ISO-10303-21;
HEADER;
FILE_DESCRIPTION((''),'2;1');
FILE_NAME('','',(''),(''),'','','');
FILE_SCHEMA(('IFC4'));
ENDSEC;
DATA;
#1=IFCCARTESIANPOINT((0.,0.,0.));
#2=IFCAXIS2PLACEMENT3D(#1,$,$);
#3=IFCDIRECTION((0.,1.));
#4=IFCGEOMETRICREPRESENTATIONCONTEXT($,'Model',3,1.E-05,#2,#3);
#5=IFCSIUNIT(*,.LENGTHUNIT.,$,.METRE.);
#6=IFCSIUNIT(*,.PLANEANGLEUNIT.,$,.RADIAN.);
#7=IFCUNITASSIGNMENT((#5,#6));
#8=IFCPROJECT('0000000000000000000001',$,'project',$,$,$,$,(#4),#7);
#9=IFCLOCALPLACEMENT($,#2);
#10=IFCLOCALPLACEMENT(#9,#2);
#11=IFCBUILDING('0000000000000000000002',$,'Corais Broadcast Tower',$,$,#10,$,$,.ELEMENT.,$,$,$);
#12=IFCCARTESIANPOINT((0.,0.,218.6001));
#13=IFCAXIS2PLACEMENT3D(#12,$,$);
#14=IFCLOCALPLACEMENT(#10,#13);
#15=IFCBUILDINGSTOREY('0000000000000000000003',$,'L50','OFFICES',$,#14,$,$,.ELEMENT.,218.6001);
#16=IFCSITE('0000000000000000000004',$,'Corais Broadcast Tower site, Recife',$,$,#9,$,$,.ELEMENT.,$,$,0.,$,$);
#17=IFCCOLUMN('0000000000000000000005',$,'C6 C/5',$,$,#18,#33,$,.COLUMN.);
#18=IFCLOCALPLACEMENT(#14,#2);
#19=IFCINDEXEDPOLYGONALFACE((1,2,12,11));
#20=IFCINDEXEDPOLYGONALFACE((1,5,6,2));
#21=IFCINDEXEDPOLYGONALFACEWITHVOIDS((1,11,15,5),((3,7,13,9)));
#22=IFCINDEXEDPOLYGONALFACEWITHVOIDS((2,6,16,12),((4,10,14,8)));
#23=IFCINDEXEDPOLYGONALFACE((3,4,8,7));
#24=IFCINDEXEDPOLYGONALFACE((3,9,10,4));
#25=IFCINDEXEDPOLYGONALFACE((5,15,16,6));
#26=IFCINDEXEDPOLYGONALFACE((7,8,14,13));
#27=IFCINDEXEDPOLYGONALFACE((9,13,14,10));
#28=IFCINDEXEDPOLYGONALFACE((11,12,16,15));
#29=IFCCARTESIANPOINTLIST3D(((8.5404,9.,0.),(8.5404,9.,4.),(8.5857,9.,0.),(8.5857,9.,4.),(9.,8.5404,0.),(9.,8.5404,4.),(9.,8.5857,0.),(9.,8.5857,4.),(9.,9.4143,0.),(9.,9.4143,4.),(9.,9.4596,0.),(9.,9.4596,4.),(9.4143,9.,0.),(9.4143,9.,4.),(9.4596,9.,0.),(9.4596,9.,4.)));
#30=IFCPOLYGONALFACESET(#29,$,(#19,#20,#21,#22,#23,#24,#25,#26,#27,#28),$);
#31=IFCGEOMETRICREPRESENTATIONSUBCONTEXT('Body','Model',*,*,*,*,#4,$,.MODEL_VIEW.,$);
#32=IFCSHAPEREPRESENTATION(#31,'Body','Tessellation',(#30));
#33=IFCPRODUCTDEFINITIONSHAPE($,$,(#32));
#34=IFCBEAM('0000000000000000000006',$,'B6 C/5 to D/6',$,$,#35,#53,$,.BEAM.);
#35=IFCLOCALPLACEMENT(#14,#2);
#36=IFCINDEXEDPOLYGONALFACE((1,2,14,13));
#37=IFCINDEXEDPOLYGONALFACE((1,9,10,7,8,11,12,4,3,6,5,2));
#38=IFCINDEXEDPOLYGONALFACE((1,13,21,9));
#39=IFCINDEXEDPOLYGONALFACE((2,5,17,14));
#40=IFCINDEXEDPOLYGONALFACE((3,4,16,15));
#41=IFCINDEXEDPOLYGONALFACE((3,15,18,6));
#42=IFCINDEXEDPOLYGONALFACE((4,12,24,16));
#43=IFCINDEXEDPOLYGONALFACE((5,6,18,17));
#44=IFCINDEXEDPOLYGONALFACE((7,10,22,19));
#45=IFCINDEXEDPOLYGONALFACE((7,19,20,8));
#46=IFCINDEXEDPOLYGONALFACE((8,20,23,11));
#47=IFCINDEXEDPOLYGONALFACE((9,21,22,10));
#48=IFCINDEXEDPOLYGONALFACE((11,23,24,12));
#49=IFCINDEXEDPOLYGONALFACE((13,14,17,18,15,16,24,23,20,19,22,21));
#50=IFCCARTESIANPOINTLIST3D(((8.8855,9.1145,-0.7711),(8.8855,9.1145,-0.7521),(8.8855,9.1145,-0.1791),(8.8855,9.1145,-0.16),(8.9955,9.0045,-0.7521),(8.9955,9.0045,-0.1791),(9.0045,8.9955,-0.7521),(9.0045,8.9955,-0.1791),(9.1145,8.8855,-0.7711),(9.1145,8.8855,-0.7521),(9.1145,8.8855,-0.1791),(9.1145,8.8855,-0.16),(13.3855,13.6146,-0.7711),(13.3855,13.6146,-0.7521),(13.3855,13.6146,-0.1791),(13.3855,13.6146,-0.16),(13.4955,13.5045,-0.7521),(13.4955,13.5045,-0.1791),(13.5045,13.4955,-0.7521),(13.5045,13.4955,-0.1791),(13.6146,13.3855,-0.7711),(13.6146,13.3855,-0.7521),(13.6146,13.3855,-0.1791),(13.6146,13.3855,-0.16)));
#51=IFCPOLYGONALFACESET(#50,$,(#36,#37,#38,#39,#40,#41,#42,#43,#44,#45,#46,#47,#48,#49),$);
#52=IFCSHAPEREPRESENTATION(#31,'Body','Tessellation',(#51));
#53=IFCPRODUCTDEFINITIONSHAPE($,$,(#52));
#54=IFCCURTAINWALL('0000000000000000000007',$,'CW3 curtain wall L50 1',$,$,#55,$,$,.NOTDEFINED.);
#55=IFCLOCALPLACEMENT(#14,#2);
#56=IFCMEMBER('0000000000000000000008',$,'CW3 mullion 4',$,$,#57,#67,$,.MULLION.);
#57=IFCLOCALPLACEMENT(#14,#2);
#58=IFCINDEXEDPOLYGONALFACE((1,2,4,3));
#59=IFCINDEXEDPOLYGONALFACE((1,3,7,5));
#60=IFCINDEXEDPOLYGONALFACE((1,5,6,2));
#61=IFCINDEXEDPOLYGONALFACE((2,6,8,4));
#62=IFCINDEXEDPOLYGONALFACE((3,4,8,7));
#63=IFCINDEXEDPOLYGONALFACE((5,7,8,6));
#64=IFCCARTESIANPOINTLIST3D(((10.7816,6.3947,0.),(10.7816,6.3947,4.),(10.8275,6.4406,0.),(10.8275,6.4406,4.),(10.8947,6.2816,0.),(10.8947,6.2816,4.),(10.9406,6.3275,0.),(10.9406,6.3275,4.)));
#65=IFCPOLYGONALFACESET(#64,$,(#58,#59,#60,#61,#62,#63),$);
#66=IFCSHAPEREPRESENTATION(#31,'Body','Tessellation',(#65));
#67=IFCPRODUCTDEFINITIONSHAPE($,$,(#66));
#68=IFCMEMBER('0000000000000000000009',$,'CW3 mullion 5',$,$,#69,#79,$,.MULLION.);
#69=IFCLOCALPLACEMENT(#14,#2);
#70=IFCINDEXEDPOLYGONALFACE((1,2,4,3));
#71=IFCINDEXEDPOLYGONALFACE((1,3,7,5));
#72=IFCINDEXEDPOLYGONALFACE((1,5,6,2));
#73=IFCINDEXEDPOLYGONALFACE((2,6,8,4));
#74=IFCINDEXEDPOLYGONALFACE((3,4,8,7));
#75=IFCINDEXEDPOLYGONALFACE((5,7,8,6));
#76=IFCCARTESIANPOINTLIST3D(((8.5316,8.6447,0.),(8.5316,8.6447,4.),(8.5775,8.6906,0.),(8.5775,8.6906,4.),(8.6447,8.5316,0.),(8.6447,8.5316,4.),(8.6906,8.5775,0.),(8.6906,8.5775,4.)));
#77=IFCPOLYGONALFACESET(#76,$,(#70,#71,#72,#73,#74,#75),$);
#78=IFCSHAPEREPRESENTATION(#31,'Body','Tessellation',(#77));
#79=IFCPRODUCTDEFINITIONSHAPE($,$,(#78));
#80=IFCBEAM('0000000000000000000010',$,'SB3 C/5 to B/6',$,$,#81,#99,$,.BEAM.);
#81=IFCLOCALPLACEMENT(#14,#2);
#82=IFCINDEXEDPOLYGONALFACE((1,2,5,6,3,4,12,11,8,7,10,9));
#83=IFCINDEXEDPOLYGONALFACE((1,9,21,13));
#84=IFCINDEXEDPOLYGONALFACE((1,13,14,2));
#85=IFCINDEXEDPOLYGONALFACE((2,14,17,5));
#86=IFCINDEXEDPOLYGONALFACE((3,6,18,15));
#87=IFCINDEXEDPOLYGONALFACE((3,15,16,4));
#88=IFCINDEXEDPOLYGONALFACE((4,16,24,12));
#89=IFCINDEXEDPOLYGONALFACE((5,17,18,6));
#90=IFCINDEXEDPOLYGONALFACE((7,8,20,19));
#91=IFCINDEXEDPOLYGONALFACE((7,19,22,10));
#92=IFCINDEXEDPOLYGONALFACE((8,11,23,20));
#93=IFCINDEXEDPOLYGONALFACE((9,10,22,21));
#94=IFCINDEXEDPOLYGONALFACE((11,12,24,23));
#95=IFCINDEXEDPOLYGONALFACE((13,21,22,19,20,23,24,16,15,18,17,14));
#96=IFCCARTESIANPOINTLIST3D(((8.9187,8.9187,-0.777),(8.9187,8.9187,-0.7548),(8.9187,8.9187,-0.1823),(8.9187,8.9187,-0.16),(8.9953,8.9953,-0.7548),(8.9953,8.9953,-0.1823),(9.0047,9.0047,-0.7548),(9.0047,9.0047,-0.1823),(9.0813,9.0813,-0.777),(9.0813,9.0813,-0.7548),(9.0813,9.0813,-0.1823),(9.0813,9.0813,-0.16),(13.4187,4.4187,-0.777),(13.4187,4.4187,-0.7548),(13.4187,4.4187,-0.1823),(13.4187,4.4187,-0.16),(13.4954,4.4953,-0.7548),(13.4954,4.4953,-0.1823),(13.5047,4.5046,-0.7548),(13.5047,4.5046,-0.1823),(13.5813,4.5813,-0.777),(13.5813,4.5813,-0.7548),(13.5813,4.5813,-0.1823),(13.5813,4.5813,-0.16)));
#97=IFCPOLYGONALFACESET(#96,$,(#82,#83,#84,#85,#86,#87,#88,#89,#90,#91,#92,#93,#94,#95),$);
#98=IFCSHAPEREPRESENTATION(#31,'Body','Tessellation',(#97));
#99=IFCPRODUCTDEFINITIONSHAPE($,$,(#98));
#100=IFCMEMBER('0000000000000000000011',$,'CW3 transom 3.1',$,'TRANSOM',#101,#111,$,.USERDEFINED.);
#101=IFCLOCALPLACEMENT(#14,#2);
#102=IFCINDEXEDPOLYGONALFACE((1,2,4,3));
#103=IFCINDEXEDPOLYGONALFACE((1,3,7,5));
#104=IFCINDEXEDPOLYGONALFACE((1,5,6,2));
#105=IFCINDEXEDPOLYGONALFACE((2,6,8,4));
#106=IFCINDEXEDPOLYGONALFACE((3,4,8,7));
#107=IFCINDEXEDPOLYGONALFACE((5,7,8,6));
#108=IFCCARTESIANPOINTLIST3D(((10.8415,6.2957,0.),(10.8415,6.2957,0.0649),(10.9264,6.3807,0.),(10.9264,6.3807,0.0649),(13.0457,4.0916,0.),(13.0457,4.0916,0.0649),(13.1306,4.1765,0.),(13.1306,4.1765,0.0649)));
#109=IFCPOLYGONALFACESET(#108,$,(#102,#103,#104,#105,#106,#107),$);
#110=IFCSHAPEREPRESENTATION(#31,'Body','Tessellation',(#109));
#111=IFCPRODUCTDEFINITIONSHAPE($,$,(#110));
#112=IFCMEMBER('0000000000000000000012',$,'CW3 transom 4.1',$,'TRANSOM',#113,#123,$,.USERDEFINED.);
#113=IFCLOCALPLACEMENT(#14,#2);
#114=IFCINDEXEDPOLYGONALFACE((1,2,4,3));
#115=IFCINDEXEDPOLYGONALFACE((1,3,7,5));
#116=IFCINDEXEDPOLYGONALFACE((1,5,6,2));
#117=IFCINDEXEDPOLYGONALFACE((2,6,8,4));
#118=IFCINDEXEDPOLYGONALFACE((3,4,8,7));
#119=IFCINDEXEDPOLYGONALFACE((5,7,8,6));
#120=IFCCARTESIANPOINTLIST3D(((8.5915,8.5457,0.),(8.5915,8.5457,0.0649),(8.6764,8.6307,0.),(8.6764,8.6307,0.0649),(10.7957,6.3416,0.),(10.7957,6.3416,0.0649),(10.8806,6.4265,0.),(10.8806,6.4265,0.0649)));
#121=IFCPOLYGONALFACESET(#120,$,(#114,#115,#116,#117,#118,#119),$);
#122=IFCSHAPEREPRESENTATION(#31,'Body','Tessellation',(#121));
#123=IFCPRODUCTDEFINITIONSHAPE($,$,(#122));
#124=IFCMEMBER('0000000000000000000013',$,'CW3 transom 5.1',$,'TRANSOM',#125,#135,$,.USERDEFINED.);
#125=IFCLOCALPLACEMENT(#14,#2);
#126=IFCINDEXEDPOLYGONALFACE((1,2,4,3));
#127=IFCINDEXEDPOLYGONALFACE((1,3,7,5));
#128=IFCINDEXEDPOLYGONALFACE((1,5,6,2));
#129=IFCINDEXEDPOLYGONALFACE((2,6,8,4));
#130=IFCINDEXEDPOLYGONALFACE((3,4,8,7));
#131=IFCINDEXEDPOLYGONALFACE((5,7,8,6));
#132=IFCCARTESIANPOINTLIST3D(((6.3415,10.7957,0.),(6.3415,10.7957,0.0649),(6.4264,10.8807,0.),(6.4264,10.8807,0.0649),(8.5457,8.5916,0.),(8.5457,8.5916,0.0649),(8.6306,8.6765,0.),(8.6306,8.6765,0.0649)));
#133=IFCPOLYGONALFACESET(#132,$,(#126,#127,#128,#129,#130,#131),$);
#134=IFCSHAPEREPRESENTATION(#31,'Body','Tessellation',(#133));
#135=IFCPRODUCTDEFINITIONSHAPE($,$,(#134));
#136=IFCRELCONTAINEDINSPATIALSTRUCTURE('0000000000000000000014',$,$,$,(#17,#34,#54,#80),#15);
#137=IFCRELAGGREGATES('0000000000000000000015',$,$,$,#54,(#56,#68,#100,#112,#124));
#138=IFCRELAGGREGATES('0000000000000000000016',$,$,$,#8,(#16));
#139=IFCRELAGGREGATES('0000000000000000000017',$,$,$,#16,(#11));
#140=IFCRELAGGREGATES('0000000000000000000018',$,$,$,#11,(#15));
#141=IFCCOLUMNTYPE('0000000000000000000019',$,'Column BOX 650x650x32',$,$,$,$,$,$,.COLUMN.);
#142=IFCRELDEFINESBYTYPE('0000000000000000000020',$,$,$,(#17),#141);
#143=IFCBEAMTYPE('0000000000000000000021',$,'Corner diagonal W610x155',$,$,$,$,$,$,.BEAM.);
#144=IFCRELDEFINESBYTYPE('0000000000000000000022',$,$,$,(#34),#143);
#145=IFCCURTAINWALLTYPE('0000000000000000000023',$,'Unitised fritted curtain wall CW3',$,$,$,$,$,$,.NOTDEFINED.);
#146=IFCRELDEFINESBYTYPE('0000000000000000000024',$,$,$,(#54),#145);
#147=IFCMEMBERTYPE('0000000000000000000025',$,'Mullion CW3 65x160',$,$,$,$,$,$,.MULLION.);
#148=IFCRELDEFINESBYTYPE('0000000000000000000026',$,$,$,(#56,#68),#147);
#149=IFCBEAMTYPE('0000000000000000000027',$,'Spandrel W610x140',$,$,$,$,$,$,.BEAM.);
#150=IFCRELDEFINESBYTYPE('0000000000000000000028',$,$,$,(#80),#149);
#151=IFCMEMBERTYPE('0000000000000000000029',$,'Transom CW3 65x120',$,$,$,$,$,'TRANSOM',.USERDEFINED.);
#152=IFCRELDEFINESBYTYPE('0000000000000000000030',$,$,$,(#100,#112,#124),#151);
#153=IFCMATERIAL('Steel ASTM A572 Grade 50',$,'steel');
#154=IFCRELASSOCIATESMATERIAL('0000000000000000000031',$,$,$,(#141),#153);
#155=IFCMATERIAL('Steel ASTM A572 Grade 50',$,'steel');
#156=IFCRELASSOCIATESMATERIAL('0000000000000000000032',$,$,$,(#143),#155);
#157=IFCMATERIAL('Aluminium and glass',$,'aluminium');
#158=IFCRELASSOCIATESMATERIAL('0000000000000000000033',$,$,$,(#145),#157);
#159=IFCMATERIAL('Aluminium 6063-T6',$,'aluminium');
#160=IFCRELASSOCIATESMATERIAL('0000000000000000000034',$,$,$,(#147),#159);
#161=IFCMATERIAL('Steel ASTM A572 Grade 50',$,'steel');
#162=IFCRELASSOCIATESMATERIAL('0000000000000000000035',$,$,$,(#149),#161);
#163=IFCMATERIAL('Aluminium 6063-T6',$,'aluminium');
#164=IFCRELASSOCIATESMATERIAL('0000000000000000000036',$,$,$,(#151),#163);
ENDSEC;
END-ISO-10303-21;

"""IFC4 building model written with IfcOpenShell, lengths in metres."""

from ifc_helpers import new_model, si_unit, direction, frame, origin, origin_2d, place, context, subcontext, project, spatial, rectangle, hollow_rectangle, i_section, extrude, material, material_profile, profile_set, type_object, element, aggregate, save


model = new_model("IFC4")

# Units and contexts
model_context = context("Model", 3, precision=1e-05, world=origin(), true_north=direction((0.0, 1.0)))
body_context = subcontext(model_context, "Body", "Model", "MODEL_VIEW")
ifc_project = project(units=[si_unit("LENGTHUNIT", "METRE"), si_unit("PLANEANGLEUNIT", "RADIAN")], contexts=[model_context])

# Site, building, storey
site_placement = place(None, origin())
site = spatial("IfcSite", under=ifc_project, at=site_placement, Name="Corais Broadcast Tower site, Recife", CompositionType="ELEMENT", RefElevation=0.0)
building_placement = place(site_placement, origin())
building = spatial("IfcBuilding", under=site, at=building_placement, Name="Corais Broadcast Tower", CompositionType="ELEMENT")
storey_placement = place(building_placement, frame((0.0, 0.0, 218.6001)))
storey = spatial("IfcBuildingStorey", under=building, at=storey_placement, Name="L50", Description="OFFICES", CompositionType="ELEMENT", Elevation=218.6001)

# Column
ifc_material_1 = material(Name="Steel ASTM A572 Grade 50", Category="steel")
ifc_material_profile_1 = material_profile(ifc_material_1, hollow_rectangle(XDim=0.6499, YDim=0.6499, WallThickness=0.032, at=origin_2d()), Name="BOX 650x650x32")
ifc_profile_set_1 = profile_set([ifc_material_profile_1], Name="Steel ASTM A572 Grade 50")
column_type = type_object("IfcColumnType", Name="Column BOX 650x650x32", PredefinedType="COLUMN", material=ifc_profile_set_1)
column_placement = place(storey_placement, frame((9.0, 9.0, 0.0), z_axis=(0.0, 0.0, 1.0), x_axis=(0.707107, 0.707107, 0.0)))
element("IfcColumn", 1, at=column_placement, inside=storey, type_object=column_type, Name="C6 C/5", PredefinedType="COLUMN", context=body_context, shape_type="SweptSolid", body=[
    extrude(hollow_rectangle(XDim=0.6499, YDim=0.6499, WallThickness=0.032, at=origin_2d()), origin(), (0.0, 0.0, 1.0), 4.0),
])

# Beam
ifc_material_2 = material(Name="Steel ASTM A572 Grade 50", Category="steel")
ifc_material_profile_2 = material_profile(ifc_material_2, i_section(OverallWidth=0.324, OverallDepth=0.6111, WebThickness=0.0127, FlangeThickness=0.019, at=origin_2d()), Name="W610x155")
ifc_profile_set_2 = profile_set([ifc_material_profile_2], Name="Steel ASTM A572 Grade 50")
beam_type_1 = type_object("IfcBeamType", Name="Corner diagonal W610x155", PredefinedType="BEAM", material=ifc_profile_set_2)
beam_1_placement = place(storey_placement, frame((9.0, 9.0, -0.4656), z_axis=(0.707107, 0.707107, 0.0), x_axis=(-0.707107, 0.707107, 0.0)))
element("IfcBeam", 2, at=beam_1_placement, inside=storey, type_object=beam_type_1, Name="B6 C/5 to D/6", PredefinedType="BEAM", context=body_context, shape_type="SweptSolid", body=[
    extrude(i_section(OverallWidth=0.324, OverallDepth=0.6111, WebThickness=0.0127, FlangeThickness=0.019, at=origin_2d()), origin(), (0.0, 0.0, 1.0), 6.364),
])

# Curtain wall, members
ifc_material_3 = material(Name="Aluminium and glass", Category="aluminium")
curtain_wall_type = type_object("IfcCurtainWallType", Name="Unitised fritted curtain wall CW3", PredefinedType="NOTDEFINED", material=ifc_material_3)
curtain_wall_placement = place(storey_placement, origin())
curtain_wall = element("IfcCurtainWall", 3, at=curtain_wall_placement, inside=storey, type_object=curtain_wall_type, Name="CW3 curtain wall L50 1", PredefinedType="NOTDEFINED")
ifc_material_4 = material(Name="Aluminium 6063-T6", Category="aluminium")
ifc_material_profile_3 = material_profile(ifc_material_4, rectangle(XDim=0.0649, YDim=0.1599, at=origin_2d()), Name="Mullion CW3 65x160")
ifc_profile_set_3 = profile_set([ifc_material_profile_3], Name="Aluminium 6063-T6")
member_type_1 = type_object("IfcMemberType", Name="Mullion CW3 65x160", PredefinedType="MULLION", material=ifc_profile_set_3)
member_1_placement = place(storey_placement, frame((10.8611, 6.3611, 0.0), z_axis=(0.0, 0.0, 1.0), x_axis=(-0.707107, -0.707107, 0.0)))
member_1 = element("IfcMember", 4, at=member_1_placement, type_object=member_type_1, Name="CW3 mullion 4", PredefinedType="MULLION", context=body_context, shape_type="SweptSolid", body=[
    extrude(rectangle(XDim=0.0649, YDim=0.1599, at=origin_2d()), origin(), (0.0, 0.0, 1.0), 4.0),
])
member_2_placement = place(storey_placement, frame((8.6111, 8.6111, 0.0), z_axis=(0.0, 0.0, 1.0), x_axis=(-0.707107, -0.707107, 0.0)))
member_2 = element("IfcMember", 5, at=member_2_placement, type_object=member_type_1, Name="CW3 mullion 5", PredefinedType="MULLION", context=body_context, shape_type="SweptSolid", body=[
    extrude(rectangle(XDim=0.0649, YDim=0.1599, at=origin_2d()), origin(), (0.0, 0.0, 1.0), 4.0),
])

# Beam
ifc_material_5 = material(Name="Steel ASTM A572 Grade 50", Category="steel")
ifc_material_profile_4 = material_profile(ifc_material_5, i_section(OverallWidth=0.23, OverallDepth=0.6169, WebThickness=0.0132, FlangeThickness=0.0222, at=origin_2d()), Name="W610x140")
ifc_profile_set_4 = profile_set([ifc_material_profile_4], Name="Steel ASTM A572 Grade 50")
beam_type_2 = type_object("IfcBeamType", Name="Spandrel W610x140", PredefinedType="BEAM", material=ifc_profile_set_4)
beam_2_placement = place(storey_placement, frame((9.0, 9.0, -0.4685), z_axis=(0.707107, -0.707107, 0.0), x_axis=(0.707107, 0.707107, 0.0)))
element("IfcBeam", 6, at=beam_2_placement, inside=storey, type_object=beam_type_2, Name="SB3 C/5 to B/6", PredefinedType="BEAM", context=body_context, shape_type="SweptSolid", body=[
    extrude(i_section(OverallWidth=0.23, OverallDepth=0.6169, WebThickness=0.0132, FlangeThickness=0.0222, at=origin_2d()), origin(), (0.0, 0.0, 1.0), 6.364),
])

# Members
ifc_material_6 = material(Name="Aluminium 6063-T6", Category="aluminium")
ifc_material_profile_5 = material_profile(ifc_material_6, rectangle(XDim=0.1201, YDim=0.0649, at=origin_2d()), Name="Transom CW3 65x120")
ifc_profile_set_5 = profile_set([ifc_material_profile_5], Name="Aluminium 6063-T6")
member_type_2 = type_object("IfcMemberType", Name="Transom CW3 65x120", ElementType="TRANSOM", PredefinedType="USERDEFINED", material=ifc_profile_set_5)
member_3_placement = place(storey_placement, frame((13.0881, 4.134, 0.0325), z_axis=(-0.707107, 0.707107, 0.0), x_axis=(-0.707107, -0.707107, 0.0)))
member_3 = element("IfcMember", 7, at=member_3_placement, type_object=member_type_2, Name="CW3 transom 3.1", ObjectType="TRANSOM", PredefinedType="USERDEFINED", context=body_context, shape_type="SweptSolid", body=[
    extrude(rectangle(XDim=0.1201, YDim=0.0649, at=origin_2d()), origin(), (0.0, 0.0, 1.0), 3.1172),
])
member_4_placement = place(storey_placement, frame((10.8381, 6.384, 0.0325), z_axis=(-0.707107, 0.707107, 0.0), x_axis=(-0.707107, -0.707107, 0.0)))
member_4 = element("IfcMember", 8, at=member_4_placement, type_object=member_type_2, Name="CW3 transom 4.1", ObjectType="TRANSOM", PredefinedType="USERDEFINED", context=body_context, shape_type="SweptSolid", body=[
    extrude(rectangle(XDim=0.1201, YDim=0.0649, at=origin_2d()), origin(), (0.0, 0.0, 1.0), 3.1172),
])
member_5_placement = place(storey_placement, frame((8.5881, 8.634, 0.0325), z_axis=(-0.707107, 0.707107, 0.0), x_axis=(-0.707107, -0.707107, 0.0)))
member_5 = element("IfcMember", 9, at=member_5_placement, type_object=member_type_2, Name="CW3 transom 5.1", ObjectType="TRANSOM", PredefinedType="USERDEFINED", context=body_context, shape_type="SweptSolid", body=[
    extrude(rectangle(XDim=0.1201, YDim=0.0649, at=origin_2d()), origin(), (0.0, 0.0, 1.0), 3.1172),
])

aggregate(curtain_wall, [member_1, member_2, member_3, member_4, member_5])

save(model, "model.ifc")
